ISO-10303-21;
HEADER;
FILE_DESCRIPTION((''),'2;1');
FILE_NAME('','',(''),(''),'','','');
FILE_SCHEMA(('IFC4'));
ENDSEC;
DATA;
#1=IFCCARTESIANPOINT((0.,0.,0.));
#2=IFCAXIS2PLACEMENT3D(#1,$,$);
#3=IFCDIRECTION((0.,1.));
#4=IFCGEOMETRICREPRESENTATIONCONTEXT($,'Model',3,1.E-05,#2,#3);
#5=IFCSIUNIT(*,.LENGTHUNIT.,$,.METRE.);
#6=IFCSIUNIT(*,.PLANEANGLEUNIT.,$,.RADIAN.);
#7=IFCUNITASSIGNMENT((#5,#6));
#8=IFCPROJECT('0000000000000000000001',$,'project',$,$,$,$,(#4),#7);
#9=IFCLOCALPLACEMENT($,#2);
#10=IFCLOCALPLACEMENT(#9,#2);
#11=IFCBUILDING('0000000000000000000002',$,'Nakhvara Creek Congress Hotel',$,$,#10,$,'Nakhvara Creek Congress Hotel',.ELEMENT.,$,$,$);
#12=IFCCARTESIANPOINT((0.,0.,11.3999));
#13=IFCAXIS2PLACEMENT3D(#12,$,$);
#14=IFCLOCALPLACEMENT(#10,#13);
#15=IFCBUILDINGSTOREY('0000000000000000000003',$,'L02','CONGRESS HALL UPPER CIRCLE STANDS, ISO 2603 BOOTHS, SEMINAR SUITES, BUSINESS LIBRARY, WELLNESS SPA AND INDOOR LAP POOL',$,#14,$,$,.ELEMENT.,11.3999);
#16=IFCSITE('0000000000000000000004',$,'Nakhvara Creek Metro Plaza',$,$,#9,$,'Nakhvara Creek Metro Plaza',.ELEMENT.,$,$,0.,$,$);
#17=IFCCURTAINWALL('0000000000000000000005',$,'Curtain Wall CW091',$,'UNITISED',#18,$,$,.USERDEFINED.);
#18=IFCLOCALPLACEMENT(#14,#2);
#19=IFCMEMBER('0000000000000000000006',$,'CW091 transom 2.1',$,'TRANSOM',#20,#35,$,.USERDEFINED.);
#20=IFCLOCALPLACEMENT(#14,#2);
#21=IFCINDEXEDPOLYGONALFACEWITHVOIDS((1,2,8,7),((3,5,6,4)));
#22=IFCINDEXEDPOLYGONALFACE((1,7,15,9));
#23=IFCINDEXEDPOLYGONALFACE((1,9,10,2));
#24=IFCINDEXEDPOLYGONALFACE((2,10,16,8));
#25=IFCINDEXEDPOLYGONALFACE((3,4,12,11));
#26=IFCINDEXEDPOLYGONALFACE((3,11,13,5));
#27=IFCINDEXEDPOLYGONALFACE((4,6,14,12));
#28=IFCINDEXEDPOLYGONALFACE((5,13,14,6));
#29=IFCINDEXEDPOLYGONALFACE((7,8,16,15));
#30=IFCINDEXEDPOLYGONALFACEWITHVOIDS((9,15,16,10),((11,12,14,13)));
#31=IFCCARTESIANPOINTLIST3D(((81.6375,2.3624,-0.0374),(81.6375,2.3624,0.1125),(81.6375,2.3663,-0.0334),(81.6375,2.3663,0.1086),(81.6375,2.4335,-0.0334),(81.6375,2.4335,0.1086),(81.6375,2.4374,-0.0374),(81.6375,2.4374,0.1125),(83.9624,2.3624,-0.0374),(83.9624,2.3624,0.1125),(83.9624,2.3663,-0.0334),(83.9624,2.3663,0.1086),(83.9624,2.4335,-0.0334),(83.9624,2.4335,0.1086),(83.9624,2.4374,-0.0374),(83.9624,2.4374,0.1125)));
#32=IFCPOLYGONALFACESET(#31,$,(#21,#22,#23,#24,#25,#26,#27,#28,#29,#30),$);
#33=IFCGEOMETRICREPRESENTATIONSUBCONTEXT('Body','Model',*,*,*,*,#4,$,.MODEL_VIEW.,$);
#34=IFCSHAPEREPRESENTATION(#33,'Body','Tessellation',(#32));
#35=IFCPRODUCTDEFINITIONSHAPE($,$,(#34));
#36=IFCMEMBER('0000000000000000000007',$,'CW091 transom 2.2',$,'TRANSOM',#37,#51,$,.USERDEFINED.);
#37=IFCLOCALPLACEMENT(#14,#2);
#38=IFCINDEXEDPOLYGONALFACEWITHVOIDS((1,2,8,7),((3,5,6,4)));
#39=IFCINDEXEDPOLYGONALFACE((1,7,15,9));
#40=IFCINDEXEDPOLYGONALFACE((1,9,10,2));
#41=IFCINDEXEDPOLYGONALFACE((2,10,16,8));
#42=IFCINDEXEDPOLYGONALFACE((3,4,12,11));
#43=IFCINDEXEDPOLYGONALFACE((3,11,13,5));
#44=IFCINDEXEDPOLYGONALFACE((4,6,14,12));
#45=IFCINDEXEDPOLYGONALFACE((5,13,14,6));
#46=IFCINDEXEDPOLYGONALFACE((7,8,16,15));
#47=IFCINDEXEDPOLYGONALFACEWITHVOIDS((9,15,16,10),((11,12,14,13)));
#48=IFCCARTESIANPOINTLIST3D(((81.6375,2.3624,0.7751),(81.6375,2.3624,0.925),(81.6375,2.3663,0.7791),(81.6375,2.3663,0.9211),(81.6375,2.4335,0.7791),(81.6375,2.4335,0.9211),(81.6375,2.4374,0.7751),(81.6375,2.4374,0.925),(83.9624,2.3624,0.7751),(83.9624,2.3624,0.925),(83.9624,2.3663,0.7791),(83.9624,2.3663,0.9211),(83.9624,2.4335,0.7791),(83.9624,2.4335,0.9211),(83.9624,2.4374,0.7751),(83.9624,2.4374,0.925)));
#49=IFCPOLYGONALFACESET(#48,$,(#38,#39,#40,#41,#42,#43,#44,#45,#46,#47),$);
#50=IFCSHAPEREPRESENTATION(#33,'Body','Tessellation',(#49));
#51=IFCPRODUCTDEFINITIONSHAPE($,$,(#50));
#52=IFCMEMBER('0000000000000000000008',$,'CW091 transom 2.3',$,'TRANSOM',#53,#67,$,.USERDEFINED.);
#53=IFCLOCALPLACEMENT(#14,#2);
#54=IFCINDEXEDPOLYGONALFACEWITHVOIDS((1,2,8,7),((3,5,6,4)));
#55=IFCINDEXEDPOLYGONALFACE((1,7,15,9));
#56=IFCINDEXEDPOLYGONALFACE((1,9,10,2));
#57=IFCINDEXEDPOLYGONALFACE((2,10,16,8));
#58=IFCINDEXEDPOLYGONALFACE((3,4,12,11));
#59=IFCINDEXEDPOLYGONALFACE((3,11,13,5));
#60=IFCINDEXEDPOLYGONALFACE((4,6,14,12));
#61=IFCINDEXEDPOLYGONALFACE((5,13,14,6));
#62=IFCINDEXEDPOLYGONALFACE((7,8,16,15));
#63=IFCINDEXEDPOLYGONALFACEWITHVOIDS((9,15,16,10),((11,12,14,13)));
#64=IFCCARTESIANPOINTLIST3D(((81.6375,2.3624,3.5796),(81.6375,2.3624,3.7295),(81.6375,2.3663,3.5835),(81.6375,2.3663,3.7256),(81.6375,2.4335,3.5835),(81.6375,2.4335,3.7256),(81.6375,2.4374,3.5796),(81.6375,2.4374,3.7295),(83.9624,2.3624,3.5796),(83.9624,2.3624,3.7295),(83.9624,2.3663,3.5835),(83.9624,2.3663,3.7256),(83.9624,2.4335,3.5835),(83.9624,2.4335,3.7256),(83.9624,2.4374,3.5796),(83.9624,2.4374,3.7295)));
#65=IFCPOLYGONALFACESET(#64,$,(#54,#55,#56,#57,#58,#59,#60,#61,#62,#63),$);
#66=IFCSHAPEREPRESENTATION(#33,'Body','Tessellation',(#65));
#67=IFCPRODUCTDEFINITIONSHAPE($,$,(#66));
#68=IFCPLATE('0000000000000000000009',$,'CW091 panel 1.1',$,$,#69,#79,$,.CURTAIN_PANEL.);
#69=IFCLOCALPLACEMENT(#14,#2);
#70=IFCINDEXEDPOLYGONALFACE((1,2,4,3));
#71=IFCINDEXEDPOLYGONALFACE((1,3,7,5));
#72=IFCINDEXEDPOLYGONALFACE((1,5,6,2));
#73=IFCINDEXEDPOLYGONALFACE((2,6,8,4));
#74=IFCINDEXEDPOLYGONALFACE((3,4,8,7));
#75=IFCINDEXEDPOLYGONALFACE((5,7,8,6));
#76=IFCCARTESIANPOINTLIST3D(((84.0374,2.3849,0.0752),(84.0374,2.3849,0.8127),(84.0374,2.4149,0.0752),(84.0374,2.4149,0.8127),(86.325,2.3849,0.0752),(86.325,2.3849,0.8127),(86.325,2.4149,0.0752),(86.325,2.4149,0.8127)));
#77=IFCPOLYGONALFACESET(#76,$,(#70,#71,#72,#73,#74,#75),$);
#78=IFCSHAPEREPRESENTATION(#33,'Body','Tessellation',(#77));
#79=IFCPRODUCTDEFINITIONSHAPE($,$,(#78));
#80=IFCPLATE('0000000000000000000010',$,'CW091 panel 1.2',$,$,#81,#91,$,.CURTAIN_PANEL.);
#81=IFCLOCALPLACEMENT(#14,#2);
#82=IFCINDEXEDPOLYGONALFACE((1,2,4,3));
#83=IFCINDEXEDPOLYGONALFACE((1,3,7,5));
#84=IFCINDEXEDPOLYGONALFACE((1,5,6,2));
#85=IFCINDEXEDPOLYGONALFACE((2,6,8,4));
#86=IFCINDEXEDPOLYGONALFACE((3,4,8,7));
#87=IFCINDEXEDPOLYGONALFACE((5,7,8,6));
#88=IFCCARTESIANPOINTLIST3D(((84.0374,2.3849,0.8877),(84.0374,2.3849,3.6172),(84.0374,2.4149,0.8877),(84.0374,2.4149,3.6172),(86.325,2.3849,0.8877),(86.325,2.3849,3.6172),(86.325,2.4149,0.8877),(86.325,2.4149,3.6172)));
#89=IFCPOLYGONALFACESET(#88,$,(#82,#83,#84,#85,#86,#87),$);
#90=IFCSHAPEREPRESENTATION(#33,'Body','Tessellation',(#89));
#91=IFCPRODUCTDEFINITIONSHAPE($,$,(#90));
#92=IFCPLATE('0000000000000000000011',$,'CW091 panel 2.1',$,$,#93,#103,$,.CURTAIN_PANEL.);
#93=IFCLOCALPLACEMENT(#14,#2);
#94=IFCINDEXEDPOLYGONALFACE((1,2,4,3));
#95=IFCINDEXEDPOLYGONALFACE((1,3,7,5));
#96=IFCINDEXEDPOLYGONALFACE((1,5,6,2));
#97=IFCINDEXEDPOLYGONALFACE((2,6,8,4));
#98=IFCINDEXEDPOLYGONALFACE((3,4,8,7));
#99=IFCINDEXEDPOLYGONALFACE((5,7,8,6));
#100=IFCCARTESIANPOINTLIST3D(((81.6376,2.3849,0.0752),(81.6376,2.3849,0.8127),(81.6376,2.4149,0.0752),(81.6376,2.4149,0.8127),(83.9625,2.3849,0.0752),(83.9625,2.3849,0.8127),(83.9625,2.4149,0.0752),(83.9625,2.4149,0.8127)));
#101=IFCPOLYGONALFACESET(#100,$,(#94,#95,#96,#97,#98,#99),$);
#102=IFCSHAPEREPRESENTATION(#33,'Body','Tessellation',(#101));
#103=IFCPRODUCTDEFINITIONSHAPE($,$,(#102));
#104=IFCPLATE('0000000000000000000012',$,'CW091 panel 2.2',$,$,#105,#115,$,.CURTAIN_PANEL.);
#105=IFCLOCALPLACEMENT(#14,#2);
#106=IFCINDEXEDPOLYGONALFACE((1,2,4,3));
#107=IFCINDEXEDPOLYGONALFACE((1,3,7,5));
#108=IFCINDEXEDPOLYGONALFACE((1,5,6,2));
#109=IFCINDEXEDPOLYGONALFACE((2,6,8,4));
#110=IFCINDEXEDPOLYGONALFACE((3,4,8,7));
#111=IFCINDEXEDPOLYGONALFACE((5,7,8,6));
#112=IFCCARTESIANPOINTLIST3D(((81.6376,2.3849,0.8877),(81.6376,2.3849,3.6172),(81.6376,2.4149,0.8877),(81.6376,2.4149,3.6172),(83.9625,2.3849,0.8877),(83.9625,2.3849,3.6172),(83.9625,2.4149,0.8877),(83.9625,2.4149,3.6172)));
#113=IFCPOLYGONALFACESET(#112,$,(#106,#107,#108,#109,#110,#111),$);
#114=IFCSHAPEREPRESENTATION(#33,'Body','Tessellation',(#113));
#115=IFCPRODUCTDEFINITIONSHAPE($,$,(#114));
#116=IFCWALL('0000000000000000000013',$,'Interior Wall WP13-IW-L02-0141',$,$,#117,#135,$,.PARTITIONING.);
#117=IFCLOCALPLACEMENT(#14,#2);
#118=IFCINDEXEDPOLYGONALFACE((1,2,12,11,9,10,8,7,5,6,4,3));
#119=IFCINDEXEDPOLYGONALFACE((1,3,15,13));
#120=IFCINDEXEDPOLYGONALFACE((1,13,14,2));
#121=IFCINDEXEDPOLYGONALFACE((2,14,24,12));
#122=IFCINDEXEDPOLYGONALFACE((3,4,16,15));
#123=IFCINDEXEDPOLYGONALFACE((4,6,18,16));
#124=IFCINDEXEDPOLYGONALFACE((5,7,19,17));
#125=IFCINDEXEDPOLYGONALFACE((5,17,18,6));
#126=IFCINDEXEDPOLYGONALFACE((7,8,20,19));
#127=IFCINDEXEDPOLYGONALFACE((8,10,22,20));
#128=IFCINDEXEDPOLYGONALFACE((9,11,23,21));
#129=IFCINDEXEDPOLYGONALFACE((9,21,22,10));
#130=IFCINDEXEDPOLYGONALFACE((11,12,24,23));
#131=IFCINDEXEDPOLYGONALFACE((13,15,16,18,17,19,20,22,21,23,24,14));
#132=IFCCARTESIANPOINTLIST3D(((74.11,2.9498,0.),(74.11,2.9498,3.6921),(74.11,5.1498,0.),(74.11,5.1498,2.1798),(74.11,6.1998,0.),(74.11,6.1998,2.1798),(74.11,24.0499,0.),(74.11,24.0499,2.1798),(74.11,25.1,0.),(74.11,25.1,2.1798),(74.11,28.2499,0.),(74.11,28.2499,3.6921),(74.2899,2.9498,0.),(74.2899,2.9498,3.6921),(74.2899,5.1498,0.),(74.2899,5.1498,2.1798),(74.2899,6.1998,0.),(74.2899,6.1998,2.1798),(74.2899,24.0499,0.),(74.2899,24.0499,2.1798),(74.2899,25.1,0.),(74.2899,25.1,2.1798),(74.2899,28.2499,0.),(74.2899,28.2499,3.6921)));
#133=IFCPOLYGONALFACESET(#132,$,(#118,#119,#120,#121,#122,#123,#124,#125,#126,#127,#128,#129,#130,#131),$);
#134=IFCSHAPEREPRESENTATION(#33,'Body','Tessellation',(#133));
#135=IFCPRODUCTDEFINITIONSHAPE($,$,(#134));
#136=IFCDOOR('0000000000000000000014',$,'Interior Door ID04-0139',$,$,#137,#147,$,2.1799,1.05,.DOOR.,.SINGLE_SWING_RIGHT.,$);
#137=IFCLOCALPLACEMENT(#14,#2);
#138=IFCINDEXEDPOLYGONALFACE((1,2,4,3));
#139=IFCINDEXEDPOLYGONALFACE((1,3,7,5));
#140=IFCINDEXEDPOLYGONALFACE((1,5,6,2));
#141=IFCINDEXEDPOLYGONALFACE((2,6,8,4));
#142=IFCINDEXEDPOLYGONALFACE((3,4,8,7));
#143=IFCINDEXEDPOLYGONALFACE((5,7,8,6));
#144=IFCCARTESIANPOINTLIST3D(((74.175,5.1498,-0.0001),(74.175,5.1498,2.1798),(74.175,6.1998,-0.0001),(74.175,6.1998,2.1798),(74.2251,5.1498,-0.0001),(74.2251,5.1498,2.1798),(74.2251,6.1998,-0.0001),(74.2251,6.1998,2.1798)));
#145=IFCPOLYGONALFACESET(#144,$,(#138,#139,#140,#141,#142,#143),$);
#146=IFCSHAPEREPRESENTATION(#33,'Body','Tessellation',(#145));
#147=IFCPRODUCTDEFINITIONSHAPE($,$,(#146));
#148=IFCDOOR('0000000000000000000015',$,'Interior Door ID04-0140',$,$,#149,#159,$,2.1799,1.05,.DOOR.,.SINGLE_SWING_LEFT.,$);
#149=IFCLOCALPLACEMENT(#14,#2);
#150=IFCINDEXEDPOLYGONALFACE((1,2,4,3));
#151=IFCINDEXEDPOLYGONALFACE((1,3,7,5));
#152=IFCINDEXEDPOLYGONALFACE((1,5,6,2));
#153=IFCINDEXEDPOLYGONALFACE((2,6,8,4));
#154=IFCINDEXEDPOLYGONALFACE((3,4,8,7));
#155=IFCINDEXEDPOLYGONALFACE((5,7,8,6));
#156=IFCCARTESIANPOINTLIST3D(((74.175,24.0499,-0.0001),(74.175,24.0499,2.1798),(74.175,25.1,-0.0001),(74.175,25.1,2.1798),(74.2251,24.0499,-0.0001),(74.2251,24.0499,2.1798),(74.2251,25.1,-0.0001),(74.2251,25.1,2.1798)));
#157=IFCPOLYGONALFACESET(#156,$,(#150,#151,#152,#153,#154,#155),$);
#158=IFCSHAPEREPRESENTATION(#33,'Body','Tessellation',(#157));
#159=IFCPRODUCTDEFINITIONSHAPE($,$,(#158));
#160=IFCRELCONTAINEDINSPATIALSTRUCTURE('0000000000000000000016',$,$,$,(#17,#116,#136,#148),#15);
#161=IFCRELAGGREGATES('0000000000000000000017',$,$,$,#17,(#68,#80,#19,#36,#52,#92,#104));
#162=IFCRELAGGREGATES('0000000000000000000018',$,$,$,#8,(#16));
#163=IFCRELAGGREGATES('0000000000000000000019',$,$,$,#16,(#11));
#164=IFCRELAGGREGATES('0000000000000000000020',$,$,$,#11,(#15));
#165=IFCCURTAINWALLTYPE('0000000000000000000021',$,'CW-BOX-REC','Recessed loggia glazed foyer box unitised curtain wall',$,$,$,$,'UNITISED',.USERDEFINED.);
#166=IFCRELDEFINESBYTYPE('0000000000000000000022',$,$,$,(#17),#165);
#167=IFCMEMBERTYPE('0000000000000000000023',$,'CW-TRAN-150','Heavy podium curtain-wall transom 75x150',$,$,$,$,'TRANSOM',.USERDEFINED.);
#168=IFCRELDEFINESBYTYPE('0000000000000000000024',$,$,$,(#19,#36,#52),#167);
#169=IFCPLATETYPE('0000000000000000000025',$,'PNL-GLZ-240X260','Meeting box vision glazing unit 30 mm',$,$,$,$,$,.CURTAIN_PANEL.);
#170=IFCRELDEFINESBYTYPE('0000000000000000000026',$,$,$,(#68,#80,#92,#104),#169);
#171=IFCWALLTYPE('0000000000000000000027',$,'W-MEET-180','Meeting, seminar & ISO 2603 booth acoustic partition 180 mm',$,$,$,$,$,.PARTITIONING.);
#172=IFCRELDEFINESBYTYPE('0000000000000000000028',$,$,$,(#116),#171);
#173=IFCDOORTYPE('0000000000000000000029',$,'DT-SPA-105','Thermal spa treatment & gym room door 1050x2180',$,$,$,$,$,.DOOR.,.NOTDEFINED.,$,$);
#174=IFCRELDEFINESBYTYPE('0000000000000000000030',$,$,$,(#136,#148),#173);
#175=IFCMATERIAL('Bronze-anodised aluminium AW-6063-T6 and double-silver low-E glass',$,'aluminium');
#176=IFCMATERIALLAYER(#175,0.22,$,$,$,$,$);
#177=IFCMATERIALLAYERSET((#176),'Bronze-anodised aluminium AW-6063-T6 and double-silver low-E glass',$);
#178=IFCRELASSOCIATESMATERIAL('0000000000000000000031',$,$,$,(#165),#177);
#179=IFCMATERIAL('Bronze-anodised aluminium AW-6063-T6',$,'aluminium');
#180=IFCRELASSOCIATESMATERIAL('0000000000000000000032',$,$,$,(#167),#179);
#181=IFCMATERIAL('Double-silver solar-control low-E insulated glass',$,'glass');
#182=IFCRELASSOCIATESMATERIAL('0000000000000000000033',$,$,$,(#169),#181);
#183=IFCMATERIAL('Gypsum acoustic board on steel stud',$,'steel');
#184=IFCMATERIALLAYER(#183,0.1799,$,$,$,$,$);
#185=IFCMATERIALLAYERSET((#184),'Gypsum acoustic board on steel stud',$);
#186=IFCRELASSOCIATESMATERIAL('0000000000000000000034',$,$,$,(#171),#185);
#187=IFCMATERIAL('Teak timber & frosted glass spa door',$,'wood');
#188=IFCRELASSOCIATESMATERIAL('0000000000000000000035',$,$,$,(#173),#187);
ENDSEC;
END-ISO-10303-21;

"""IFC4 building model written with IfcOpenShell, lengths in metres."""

from ifc_helpers import new_model, si_unit, direction, frame, frame_2d, origin, origin_2d, place, context, subcontext, project, spatial, rectangle, hollow_rectangle, extrude, material, layer, layer_set, material_profile, profile_set, type_object, element, fill, aggregate, save


model = new_model("IFC4")

# Units and contexts
model_context = context("Model", 3, precision=1e-05, world=origin(), true_north=direction((0.0, 1.0)))
body_context = subcontext(model_context, "Body", "Model", "MODEL_VIEW")
ifc_project = project(units=[si_unit("LENGTHUNIT", "METRE"), si_unit("PLANEANGLEUNIT", "RADIAN")], contexts=[model_context])

# Site, building, storey
site_placement = place(None, origin())
site = spatial("IfcSite", under=ifc_project, at=site_placement, Name="Nakhvara Creek Metro Plaza", LongName="Nakhvara Creek Metro Plaza", CompositionType="ELEMENT", RefElevation=0.0)
building_placement = place(site_placement, origin())
building = spatial("IfcBuilding", under=site, at=building_placement, Name="Nakhvara Creek Congress Hotel", LongName="Nakhvara Creek Congress Hotel", CompositionType="ELEMENT")
storey_placement = place(building_placement, frame((0.0, 0.0, 11.3999)))
storey = spatial("IfcBuildingStorey", under=building, at=storey_placement, Name="L02", Description="CONGRESS HALL UPPER CIRCLE STANDS, ISO 2603 BOOTHS, SEMINAR SUITES, BUSINESS LIBRARY, WELLNESS SPA AND INDOOR LAP POOL", CompositionType="ELEMENT", Elevation=11.3999)

# Curtain wall, members, plates
ifc_material_1 = material(Name="Bronze-anodised aluminium AW-6063-T6 and double-silver low-E glass", Category="aluminium")
ifc_layer_1 = layer(ifc_material_1, 0.22)
ifc_layer_set_1 = layer_set([ifc_layer_1], Name="Bronze-anodised aluminium AW-6063-T6 and double-silver low-E glass")
curtain_wall_type = type_object("IfcCurtainWallType", Name="CW-BOX-REC", Description="Recessed loggia glazed foyer box unitised curtain wall", ElementType="UNITISED", PredefinedType="USERDEFINED", material=ifc_layer_set_1)
curtain_wall_placement = place(storey_placement, origin())
curtain_wall = element("IfcCurtainWall", 1, at=curtain_wall_placement, inside=storey, type_object=curtain_wall_type, Name="Curtain Wall CW091", ObjectType="UNITISED", PredefinedType="USERDEFINED")
ifc_material_2 = material(Name="Bronze-anodised aluminium AW-6063-T6", Category="aluminium")
ifc_material_profile_1 = material_profile(ifc_material_2, hollow_rectangle(XDim=0.075, YDim=0.1499, WallThickness=0.0039, at=origin_2d()), Name="ALU-TRAN 75x150x4", Category="LoadBearing")
ifc_profile_set_1 = profile_set([ifc_material_profile_1], Name="Bronze-anodised aluminium AW-6063-T6")
member_type_1 = type_object("IfcMemberType", Name="CW-TRAN-150", Description="Heavy podium curtain-wall transom 75x150", ElementType="TRANSOM", PredefinedType="USERDEFINED", material=ifc_profile_set_1)
member_1_placement = place(storey_placement, frame((83.9624, 2.3999, 0.0376), z_axis=(-1.0, 0.0, 0.0), x_axis=(0.0, -1.0, 0.0)))
member_1 = element("IfcMember", 2, at=member_1_placement, type_object=member_type_1, Name="CW091 transom 2.1", ObjectType="TRANSOM", PredefinedType="USERDEFINED", context=body_context, shape_type="SweptSolid", body=[
    extrude(hollow_rectangle(XDim=0.075, YDim=0.1499, WallThickness=0.0039, at=origin_2d()), origin(), (0.0, 0.0, 1.0), 2.325),
])
member_2_placement = place(storey_placement, frame((83.9624, 2.3999, 0.8501), z_axis=(-1.0, 0.0, 0.0), x_axis=(0.0, -1.0, 0.0)))
member_2 = element("IfcMember", 3, at=member_2_placement, type_object=member_type_1, Name="CW091 transom 2.2", ObjectType="TRANSOM", PredefinedType="USERDEFINED", context=body_context, shape_type="SweptSolid", body=[
    extrude(hollow_rectangle(XDim=0.075, YDim=0.1499, WallThickness=0.0039, at=origin_2d()), origin(), (0.0, 0.0, 1.0), 2.325),
])
member_3_placement = place(storey_placement, frame((83.9624, 2.3999, 3.6545), z_axis=(-1.0, 0.0, 0.0), x_axis=(0.0, -1.0, 0.0)))
member_3 = element("IfcMember", 4, at=member_3_placement, type_object=member_type_1, Name="CW091 transom 2.3", ObjectType="TRANSOM", PredefinedType="USERDEFINED", context=body_context, shape_type="SweptSolid", body=[
    extrude(hollow_rectangle(XDim=0.075, YDim=0.1499, WallThickness=0.0039, at=origin_2d()), origin(), (0.0, 0.0, 1.0), 2.325),
])
ifc_material_3 = material(Name="Double-silver solar-control low-E insulated glass", Category="glass")
plate_type = type_object("IfcPlateType", Name="PNL-GLZ-240X260", Description="Meeting box vision glazing unit 30 mm", PredefinedType="CURTAIN_PANEL", material=ifc_material_3)
plate_1_placement = place(storey_placement, frame((85.1812, 2.3999, 0.0752), z_axis=(0.0, 0.0, 1.0), x_axis=(-1.0, 0.0, 0.0)))
plate_1 = element("IfcPlate", 5, at=plate_1_placement, type_object=plate_type, Name="CW091 panel 1.1", PredefinedType="CURTAIN_PANEL", context=body_context, shape_type="SweptSolid", body=[
    extrude(rectangle(XDim=2.2876, YDim=0.03, at=origin_2d()), origin(), (0.0, 0.0, 1.0), 0.7375),
])
plate_2_placement = place(storey_placement, frame((85.1812, 2.3999, 0.8877), z_axis=(0.0, 0.0, 1.0), x_axis=(-1.0, 0.0, 0.0)))
plate_2 = element("IfcPlate", 6, at=plate_2_placement, type_object=plate_type, Name="CW091 panel 1.2", PredefinedType="CURTAIN_PANEL", context=body_context, shape_type="SweptSolid", body=[
    extrude(rectangle(XDim=2.2876, YDim=0.03, at=origin_2d()), origin(), (0.0, 0.0, 1.0), 2.7295),
])
plate_3_placement = place(storey_placement, frame((82.8, 2.3999, 0.0752), z_axis=(0.0, 0.0, 1.0), x_axis=(-1.0, 0.0, 0.0)))
plate_3 = element("IfcPlate", 7, at=plate_3_placement, type_object=plate_type, Name="CW091 panel 2.1", PredefinedType="CURTAIN_PANEL", context=body_context, shape_type="SweptSolid", body=[
    extrude(rectangle(XDim=2.325, YDim=0.03, at=origin_2d()), origin(), (0.0, 0.0, 1.0), 0.7375),
])
plate_4_placement = place(storey_placement, frame((82.8, 2.3999, 0.8877), z_axis=(0.0, 0.0, 1.0), x_axis=(-1.0, 0.0, 0.0)))
plate_4 = element("IfcPlate", 8, at=plate_4_placement, type_object=plate_type, Name="CW091 panel 2.2", PredefinedType="CURTAIN_PANEL", context=body_context, shape_type="SweptSolid", body=[
    extrude(rectangle(XDim=2.325, YDim=0.03, at=origin_2d()), origin(), (0.0, 0.0, 1.0), 2.7295),
])
aggregate(curtain_wall, [plate_1, plate_2, member_1, member_2, member_3, plate_3, plate_4])

# Wall, openings, doors
ifc_material_4 = material(Name="Gypsum acoustic board on steel stud", Category="steel")
ifc_layer_2 = layer(ifc_material_4, 0.1799)
ifc_layer_set_2 = layer_set([ifc_layer_2], Name="Gypsum acoustic board on steel stud")
wall_type_1 = type_object("IfcWallType", Name="W-MEET-180", Description="Meeting, seminar & ISO 2603 booth acoustic partition 180 mm", PredefinedType="PARTITIONING", material=ifc_layer_set_2)
wall_1_placement = place(storey_placement, frame((74.2, 2.95, 0.0), z_axis=(0.0, 0.0, 1.0), x_axis=(0.0, 1.0, 0.0)))
wall_1 = element("IfcWall", 9, at=wall_1_placement, inside=storey, type_object=wall_type_1, Name="Interior Wall WP13-IW-L02-0141", PredefinedType="PARTITIONING", context=body_context, shape_type="SweptSolid", body=[
    extrude(rectangle(XDim=25.3, YDim=0.1799, at=frame_2d((12.6499, 0.0))), origin(), (0.0, 0.0, 1.0), 3.6921),
])
opening_1_placement = place(wall_1_placement, frame((2.2, 0.0, 0.0)))
opening_1 = element("IfcOpeningElement", 10, at=opening_1_placement, cuts=wall_1, PredefinedType="OPENING", context=body_context, shape_type="SweptSolid", body=[
    extrude(rectangle(XDim=1.05, YDim=2.1799, at=frame_2d((0.5249, 1.0898))), frame((0.0, 0.1021, 0.0), z_axis=(0.0, -1.0, 0.0), x_axis=(1.0, 0.0, 0.0)), (0.0, 0.0, 1.0), 0.2039),
])
opening_2_placement = place(wall_1_placement, frame((21.1001, 0.0, 0.0)))
opening_2 = element("IfcOpeningElement", 11, at=opening_2_placement, cuts=wall_1, PredefinedType="OPENING", context=body_context, shape_type="SweptSolid", body=[
    extrude(rectangle(XDim=1.05, YDim=2.1799, at=frame_2d((0.5249, 1.0898))), frame((0.0, 0.1021, 0.0), z_axis=(0.0, -1.0, 0.0), x_axis=(1.0, 0.0, 0.0)), (0.0, 0.0, 1.0), 0.2039),
])
ifc_material_5 = material(Name="Teak timber & frosted glass spa door", Category="wood")
door_type = type_object("IfcDoorType", Name="DT-SPA-105", Description="Thermal spa treatment & gym room door 1050x2180", OperationType="NOTDEFINED", PredefinedType="DOOR", material=ifc_material_5)
door_1_placement = place(opening_1_placement, origin())
door_1 = element("IfcDoor", 12, at=door_1_placement, inside=storey, type_object=door_type, Name="Interior Door ID04-0139", OperationType="SINGLE_SWING_RIGHT", OverallHeight=2.1799, OverallWidth=1.05, PredefinedType="DOOR", context=body_context, shape_type="SweptSolid", body=[
    extrude(rectangle(XDim=1.05, YDim=2.1799, at=frame_2d((0.5249, 1.0898))), frame((0.0, 0.0249, 0.0), z_axis=(0.0, -1.0, 0.0), x_axis=(1.0, 0.0, 0.0)), (0.0, 0.0, 1.0), 0.05),
])
fill(opening_1, door_1)
door_2_placement = place(opening_2_placement, origin())
door_2 = element("IfcDoor", 13, at=door_2_placement, inside=storey, type_object=door_type, Name="Interior Door ID04-0140", OperationType="SINGLE_SWING_LEFT", OverallHeight=2.1799, OverallWidth=1.05, PredefinedType="DOOR", context=body_context, shape_type="SweptSolid", body=[
    extrude(rectangle(XDim=1.05, YDim=2.1799, at=frame_2d((0.5249, 1.0898))), frame((0.0, 0.0249, 0.0), z_axis=(0.0, -1.0, 0.0), x_axis=(1.0, 0.0, 0.0)), (0.0, 0.0, 1.0), 0.05),
])
fill(opening_2, door_2)

save(model, "model.ifc")
